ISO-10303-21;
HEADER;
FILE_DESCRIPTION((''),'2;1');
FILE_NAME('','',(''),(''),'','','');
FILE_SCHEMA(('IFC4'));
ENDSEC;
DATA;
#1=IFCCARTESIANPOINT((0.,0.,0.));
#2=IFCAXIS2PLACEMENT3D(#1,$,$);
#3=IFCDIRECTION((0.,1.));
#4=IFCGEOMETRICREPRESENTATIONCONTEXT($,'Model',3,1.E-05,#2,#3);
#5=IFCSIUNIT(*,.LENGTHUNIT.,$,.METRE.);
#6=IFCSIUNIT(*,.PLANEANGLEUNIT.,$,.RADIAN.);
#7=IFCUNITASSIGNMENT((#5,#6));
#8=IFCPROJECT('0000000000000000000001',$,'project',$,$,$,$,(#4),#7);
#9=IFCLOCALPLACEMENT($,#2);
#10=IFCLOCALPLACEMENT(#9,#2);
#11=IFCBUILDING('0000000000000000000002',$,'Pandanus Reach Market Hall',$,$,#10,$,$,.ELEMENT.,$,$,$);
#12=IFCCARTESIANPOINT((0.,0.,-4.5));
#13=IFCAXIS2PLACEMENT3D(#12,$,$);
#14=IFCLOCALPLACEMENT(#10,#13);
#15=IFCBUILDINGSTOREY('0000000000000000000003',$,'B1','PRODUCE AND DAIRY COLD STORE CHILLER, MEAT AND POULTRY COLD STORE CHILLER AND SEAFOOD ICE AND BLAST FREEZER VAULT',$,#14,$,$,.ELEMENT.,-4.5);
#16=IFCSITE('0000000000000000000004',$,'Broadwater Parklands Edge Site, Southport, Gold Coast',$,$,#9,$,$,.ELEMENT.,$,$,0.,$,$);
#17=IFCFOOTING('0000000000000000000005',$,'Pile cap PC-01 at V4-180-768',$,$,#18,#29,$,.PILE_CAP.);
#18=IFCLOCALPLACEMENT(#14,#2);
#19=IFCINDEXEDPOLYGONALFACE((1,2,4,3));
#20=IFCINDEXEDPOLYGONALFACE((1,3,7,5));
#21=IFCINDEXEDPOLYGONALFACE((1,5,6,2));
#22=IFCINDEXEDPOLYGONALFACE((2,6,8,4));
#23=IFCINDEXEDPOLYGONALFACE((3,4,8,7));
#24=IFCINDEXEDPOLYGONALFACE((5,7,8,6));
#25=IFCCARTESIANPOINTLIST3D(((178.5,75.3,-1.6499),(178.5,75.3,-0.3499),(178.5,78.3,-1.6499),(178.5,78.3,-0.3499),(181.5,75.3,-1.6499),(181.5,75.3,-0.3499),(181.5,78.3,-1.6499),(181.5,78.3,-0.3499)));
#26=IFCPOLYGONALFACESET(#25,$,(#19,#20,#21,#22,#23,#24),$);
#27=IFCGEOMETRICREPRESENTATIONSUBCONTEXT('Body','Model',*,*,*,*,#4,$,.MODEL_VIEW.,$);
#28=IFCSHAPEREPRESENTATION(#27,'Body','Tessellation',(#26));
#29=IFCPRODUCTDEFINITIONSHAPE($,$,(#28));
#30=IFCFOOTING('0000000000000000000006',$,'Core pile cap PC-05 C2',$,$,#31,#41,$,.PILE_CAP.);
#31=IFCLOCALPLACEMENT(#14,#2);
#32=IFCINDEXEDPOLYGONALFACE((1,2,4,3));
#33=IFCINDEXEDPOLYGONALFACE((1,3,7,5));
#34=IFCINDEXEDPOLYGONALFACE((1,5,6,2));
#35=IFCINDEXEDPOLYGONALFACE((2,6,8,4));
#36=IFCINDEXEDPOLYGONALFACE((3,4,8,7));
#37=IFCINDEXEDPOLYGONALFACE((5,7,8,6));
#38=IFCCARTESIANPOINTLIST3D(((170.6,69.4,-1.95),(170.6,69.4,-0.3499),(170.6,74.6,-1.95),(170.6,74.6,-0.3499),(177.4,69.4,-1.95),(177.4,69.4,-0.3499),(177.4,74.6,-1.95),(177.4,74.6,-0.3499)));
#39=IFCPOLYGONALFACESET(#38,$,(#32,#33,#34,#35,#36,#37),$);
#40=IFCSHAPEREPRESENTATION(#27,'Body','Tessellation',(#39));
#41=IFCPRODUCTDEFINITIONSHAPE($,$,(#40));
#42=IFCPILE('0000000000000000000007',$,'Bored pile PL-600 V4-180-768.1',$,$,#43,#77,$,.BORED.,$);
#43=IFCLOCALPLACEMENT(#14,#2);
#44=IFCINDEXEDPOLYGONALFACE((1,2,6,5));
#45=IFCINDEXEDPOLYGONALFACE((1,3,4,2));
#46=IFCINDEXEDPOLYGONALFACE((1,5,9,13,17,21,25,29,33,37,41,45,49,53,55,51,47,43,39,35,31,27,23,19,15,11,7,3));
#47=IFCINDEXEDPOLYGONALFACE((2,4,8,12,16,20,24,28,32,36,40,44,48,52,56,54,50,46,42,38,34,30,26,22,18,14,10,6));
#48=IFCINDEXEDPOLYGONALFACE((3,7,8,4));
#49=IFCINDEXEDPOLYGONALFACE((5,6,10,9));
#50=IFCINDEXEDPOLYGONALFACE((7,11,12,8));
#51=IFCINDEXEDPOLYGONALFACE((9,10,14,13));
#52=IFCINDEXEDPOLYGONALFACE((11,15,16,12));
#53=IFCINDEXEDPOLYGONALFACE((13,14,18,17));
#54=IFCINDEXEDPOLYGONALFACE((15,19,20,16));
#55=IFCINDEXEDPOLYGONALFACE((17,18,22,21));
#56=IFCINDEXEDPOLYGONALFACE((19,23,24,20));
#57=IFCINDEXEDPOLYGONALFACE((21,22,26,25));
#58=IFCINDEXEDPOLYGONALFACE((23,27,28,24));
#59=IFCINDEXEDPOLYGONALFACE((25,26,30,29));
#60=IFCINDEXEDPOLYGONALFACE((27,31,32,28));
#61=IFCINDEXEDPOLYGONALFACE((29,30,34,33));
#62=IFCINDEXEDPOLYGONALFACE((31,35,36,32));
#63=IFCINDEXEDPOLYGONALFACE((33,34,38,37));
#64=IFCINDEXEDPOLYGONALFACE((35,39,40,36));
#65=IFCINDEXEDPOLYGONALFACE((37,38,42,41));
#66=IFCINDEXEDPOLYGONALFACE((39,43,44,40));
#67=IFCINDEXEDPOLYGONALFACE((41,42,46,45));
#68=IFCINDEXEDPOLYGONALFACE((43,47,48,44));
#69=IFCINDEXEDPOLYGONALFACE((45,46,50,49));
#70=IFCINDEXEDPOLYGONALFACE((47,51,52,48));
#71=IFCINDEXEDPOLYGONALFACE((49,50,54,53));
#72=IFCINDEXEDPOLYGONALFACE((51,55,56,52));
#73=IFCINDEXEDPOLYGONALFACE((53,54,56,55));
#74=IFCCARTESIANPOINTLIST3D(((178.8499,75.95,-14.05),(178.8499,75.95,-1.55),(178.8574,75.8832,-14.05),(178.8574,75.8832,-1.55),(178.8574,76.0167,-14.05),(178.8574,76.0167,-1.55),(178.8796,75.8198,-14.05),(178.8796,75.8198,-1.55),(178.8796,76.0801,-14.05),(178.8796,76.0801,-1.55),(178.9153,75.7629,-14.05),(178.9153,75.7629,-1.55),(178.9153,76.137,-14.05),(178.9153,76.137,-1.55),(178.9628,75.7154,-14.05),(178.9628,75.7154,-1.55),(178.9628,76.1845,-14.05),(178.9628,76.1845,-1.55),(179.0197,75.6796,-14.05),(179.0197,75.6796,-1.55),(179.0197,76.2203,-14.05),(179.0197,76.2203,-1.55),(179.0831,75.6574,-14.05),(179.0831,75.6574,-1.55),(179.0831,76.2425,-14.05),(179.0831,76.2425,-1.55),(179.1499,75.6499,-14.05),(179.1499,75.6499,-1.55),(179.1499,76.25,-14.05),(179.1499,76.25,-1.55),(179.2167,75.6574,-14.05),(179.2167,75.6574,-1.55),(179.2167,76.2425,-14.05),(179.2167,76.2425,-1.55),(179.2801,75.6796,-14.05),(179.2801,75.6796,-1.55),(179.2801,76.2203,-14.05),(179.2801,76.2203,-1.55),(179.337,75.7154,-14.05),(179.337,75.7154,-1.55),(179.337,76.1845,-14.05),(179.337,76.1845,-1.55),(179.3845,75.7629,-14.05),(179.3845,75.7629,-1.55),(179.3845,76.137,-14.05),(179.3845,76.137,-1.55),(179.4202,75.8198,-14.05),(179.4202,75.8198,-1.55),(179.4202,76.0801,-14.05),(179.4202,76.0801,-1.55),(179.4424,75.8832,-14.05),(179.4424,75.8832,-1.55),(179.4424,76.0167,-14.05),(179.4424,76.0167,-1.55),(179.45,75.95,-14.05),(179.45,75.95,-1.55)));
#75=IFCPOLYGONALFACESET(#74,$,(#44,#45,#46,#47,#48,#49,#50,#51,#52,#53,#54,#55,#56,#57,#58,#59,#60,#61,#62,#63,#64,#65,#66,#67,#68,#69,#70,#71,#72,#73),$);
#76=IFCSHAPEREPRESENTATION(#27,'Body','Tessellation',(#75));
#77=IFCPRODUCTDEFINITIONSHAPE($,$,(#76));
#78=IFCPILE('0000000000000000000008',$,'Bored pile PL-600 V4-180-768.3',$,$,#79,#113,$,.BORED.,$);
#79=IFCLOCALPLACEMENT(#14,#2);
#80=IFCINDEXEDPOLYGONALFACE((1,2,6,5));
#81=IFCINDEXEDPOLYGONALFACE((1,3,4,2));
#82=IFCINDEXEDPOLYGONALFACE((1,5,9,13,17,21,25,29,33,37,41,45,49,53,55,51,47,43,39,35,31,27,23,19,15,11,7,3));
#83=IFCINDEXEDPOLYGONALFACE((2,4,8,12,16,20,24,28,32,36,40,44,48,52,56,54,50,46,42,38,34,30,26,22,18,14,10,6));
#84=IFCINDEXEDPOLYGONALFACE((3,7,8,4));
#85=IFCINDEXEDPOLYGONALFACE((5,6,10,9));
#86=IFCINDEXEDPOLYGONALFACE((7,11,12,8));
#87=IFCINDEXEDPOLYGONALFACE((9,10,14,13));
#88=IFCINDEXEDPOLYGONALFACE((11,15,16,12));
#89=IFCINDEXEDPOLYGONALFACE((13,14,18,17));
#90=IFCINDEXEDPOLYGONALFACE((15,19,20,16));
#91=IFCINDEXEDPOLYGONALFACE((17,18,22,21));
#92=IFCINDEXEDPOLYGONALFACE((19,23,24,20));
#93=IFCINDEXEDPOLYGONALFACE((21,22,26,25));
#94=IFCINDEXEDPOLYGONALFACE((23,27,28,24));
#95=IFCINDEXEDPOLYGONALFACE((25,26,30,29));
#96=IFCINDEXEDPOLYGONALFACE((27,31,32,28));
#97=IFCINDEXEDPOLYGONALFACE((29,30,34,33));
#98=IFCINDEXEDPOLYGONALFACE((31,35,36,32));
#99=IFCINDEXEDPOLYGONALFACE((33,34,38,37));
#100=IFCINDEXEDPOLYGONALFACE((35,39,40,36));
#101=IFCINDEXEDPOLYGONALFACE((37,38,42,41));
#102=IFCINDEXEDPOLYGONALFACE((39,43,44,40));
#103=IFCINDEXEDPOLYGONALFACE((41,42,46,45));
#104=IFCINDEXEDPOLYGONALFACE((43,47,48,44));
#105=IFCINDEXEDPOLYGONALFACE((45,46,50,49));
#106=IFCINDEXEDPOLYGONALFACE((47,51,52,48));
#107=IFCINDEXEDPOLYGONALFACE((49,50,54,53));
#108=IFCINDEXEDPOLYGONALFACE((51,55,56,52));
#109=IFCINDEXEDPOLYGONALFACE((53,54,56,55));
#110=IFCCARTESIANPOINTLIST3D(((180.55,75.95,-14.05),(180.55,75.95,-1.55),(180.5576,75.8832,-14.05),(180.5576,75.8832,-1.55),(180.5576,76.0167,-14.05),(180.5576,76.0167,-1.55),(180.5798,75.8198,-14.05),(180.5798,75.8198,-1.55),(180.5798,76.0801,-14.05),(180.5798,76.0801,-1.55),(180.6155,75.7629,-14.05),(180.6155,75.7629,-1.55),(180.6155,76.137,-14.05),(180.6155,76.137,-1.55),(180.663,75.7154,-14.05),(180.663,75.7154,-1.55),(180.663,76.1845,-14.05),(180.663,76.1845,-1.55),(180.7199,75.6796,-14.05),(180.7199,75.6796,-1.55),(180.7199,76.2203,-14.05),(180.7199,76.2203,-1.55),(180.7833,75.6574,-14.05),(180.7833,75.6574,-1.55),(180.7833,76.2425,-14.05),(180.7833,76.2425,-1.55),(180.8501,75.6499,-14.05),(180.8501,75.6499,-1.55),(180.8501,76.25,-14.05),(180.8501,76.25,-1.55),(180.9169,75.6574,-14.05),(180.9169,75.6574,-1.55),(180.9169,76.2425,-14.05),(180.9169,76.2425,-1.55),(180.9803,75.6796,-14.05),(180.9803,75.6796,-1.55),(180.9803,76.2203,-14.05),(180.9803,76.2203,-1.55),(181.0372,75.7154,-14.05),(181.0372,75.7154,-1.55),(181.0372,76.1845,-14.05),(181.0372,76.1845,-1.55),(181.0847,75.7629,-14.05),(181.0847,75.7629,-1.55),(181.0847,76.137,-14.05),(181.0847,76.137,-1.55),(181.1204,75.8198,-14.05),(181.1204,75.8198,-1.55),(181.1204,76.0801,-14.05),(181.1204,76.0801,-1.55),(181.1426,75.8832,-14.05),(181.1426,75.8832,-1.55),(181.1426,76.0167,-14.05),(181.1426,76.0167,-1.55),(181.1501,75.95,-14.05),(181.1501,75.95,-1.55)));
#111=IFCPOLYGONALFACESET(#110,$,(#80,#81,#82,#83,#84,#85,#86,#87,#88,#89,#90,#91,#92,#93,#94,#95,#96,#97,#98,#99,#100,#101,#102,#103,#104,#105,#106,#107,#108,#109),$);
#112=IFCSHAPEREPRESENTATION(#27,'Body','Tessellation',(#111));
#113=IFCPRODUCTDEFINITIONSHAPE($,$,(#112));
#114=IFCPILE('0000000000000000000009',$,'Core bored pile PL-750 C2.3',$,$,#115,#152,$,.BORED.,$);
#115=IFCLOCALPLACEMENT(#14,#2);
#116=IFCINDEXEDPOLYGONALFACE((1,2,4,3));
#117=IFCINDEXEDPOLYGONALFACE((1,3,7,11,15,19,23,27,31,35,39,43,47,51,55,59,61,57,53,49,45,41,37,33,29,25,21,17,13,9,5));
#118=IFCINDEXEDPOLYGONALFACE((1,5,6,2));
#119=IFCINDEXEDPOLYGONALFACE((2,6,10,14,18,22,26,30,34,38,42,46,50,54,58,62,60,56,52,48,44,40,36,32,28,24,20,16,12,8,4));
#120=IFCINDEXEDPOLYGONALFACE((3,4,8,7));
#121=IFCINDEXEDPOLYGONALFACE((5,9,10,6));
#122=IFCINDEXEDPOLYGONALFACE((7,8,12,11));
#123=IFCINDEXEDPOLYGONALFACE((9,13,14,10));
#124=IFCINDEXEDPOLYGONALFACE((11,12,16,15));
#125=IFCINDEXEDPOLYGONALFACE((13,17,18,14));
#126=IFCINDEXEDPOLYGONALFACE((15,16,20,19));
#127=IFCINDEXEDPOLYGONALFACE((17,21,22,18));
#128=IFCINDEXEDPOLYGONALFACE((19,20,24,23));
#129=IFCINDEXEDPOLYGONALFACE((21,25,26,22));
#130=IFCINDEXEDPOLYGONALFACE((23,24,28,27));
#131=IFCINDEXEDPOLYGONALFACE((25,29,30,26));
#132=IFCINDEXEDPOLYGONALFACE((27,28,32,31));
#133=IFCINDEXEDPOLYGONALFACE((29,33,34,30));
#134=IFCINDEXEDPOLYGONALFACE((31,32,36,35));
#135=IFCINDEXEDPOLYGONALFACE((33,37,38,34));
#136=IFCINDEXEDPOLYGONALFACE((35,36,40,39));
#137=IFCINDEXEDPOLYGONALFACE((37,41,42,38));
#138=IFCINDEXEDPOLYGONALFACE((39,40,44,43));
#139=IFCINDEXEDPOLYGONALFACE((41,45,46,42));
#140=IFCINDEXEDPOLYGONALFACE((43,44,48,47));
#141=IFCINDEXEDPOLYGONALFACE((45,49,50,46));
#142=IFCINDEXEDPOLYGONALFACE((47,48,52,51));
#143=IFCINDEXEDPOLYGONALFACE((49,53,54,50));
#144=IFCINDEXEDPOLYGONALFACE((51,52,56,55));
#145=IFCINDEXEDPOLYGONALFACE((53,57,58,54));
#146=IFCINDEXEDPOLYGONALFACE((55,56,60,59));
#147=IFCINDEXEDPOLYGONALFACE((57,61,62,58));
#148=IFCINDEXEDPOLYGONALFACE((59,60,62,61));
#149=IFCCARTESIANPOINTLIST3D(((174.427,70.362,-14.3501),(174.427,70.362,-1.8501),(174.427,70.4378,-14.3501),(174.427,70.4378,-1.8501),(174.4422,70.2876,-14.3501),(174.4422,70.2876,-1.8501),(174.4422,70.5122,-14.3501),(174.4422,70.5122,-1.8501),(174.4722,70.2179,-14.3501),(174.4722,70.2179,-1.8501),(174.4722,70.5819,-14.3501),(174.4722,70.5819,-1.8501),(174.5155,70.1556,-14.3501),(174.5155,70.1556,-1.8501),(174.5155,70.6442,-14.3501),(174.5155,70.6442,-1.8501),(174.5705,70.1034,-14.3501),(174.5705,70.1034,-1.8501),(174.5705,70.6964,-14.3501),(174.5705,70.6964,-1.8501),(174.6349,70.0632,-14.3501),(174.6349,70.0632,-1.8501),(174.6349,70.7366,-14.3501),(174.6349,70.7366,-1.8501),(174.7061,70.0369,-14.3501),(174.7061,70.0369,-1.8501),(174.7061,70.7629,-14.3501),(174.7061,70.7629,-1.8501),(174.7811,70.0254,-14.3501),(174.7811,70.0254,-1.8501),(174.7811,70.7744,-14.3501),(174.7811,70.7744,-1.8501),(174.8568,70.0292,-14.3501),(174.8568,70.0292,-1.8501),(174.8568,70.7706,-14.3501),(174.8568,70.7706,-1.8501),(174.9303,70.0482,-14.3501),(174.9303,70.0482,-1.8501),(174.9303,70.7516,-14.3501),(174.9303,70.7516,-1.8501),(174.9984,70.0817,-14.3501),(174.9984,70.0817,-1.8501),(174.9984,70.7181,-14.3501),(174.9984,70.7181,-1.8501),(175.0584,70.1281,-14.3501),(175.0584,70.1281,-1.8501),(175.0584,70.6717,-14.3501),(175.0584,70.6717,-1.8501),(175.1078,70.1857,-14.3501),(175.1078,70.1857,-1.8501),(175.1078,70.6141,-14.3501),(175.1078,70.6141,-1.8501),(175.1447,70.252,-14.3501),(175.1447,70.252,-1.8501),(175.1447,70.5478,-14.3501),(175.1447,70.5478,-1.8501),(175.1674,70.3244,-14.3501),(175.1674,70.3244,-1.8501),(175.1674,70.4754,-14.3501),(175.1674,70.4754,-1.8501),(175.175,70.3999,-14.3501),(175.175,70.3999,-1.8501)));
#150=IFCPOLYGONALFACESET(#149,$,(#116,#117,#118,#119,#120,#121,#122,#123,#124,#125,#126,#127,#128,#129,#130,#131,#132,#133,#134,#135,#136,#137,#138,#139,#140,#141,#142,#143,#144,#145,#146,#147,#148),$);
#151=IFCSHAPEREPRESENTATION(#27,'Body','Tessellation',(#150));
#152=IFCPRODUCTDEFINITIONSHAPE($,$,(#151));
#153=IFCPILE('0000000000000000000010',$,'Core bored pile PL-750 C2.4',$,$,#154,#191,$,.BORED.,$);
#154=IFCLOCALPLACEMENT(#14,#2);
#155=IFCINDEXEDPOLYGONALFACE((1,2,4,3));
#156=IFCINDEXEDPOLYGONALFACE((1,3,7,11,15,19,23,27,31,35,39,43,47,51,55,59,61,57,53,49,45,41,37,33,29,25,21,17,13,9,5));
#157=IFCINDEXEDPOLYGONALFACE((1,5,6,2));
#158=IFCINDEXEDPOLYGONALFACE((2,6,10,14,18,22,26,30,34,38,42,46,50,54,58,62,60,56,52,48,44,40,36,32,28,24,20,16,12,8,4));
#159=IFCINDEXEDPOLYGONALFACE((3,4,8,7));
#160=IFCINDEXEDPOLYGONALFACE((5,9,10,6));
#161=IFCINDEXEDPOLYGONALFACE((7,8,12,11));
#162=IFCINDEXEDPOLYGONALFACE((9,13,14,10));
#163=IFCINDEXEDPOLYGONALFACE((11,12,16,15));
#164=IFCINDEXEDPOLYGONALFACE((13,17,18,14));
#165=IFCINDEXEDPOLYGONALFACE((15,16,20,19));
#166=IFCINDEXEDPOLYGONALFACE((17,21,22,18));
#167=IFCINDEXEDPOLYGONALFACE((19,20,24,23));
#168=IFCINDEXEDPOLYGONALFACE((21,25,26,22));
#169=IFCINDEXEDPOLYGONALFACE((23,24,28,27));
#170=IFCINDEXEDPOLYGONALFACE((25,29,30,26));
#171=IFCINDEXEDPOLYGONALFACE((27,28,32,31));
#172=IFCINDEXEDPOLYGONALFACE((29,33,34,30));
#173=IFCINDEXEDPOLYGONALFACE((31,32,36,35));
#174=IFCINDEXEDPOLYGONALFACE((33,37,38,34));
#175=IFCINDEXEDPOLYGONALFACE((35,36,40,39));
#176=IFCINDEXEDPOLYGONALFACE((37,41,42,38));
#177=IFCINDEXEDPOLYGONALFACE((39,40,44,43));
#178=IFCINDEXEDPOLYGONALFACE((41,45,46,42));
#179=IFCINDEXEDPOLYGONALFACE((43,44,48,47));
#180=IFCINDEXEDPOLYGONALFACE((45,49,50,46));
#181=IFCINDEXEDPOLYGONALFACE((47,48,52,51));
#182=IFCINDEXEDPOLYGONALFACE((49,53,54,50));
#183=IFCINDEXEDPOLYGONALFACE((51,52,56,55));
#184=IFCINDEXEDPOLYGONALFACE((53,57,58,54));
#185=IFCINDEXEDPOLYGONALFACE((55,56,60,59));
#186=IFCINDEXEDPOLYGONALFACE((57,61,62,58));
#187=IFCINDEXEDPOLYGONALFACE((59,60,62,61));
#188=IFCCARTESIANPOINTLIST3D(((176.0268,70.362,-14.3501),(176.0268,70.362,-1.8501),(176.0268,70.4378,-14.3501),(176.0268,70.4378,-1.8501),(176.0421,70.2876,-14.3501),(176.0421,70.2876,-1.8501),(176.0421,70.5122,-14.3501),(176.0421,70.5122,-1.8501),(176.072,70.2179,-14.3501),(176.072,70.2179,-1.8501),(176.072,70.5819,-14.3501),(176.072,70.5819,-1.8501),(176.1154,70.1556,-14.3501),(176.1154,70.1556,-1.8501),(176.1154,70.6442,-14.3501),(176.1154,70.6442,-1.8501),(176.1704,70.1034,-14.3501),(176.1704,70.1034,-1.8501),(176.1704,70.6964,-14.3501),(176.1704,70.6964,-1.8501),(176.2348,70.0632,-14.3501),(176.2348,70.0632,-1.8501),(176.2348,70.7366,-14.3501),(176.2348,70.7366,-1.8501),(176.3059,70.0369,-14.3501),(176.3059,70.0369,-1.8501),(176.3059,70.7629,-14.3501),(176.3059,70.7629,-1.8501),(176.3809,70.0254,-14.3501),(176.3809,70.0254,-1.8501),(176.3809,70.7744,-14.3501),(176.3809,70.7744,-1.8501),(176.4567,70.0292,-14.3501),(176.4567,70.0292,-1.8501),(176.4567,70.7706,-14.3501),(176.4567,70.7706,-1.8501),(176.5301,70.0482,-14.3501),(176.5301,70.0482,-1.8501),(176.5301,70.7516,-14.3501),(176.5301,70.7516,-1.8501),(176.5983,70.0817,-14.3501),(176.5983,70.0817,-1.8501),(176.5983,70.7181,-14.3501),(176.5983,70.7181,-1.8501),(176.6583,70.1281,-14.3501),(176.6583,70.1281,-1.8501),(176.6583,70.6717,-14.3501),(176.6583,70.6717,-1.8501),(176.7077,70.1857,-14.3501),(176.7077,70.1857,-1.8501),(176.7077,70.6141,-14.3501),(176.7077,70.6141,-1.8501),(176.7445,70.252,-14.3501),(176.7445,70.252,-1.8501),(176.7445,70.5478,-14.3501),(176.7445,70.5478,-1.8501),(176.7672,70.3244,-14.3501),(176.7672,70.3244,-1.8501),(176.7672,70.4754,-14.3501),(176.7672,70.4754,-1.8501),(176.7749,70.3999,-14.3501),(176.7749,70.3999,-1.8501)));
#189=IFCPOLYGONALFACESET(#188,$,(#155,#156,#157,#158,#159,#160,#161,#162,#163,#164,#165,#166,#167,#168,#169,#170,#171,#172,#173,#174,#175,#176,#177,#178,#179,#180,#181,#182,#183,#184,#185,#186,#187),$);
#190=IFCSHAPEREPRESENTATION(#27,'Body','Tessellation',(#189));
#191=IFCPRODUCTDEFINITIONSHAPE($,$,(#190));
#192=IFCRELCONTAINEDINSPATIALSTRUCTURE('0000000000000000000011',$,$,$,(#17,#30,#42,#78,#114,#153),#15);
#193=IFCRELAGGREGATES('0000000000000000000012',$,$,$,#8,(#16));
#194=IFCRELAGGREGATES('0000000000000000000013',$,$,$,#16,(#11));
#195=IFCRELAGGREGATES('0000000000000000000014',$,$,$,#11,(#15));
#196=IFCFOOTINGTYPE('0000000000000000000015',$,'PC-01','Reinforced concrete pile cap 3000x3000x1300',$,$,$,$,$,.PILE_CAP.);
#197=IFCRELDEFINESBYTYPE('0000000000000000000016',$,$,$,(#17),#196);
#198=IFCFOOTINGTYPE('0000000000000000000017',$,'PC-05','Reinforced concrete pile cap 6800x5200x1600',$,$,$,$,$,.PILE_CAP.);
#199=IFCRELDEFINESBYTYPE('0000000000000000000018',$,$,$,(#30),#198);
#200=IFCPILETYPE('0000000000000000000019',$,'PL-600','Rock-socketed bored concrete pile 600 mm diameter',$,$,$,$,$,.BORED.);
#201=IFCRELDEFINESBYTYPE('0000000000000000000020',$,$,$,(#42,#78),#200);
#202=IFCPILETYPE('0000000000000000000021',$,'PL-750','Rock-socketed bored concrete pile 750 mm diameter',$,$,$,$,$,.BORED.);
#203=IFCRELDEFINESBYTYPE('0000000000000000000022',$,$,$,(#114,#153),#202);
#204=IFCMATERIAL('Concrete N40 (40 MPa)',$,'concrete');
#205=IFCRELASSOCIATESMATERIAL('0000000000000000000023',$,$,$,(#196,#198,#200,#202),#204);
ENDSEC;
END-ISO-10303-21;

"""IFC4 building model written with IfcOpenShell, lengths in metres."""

from ifc_helpers import new_model, si_unit, direction, frame, origin, origin_2d, place, context, subcontext, project, spatial, rectangle, circle, extrude, material, material_profile, profile_set, type_object, element, save


model = new_model("IFC4")

# Units and contexts
model_context = context("Model", 3, precision=1e-05, world=origin(), true_north=direction((0.0, 1.0)))
body_context = subcontext(model_context, "Body", "Model", "MODEL_VIEW")
ifc_project = project(units=[si_unit("LENGTHUNIT", "METRE"), si_unit("PLANEANGLEUNIT", "RADIAN")], contexts=[model_context])

# Site, building, storey
site_placement = place(None, origin())
site = spatial("IfcSite", under=ifc_project, at=site_placement, Name="Broadwater Parklands Edge Site, Southport, Gold Coast", CompositionType="ELEMENT", RefElevation=0.0)
building_placement = place(site_placement, origin())
building = spatial("IfcBuilding", under=site, at=building_placement, Name="Pandanus Reach Market Hall", CompositionType="ELEMENT")
storey_placement = place(building_placement, frame((0.0, 0.0, -4.5)))
storey = spatial("IfcBuildingStorey", under=building, at=storey_placement, Name="B1", Description="PRODUCE AND DAIRY COLD STORE CHILLER, MEAT AND POULTRY COLD STORE CHILLER AND SEAFOOD ICE AND BLAST FREEZER VAULT", CompositionType="ELEMENT", Elevation=-4.5)

# Footings
ifc_material_1 = material(Name="Concrete N40 (40 MPa)", Category="concrete")
footing_type_1 = type_object("IfcFootingType", Name="PC-01", Description="Reinforced concrete pile cap 3000x3000x1300", PredefinedType="PILE_CAP", material=ifc_material_1)
footing_1_placement = place(storey_placement, frame((180.0, 76.8, -1.6499), z_axis=(0.0, 0.0, 1.0), x_axis=(1.0, 0.0, 0.0)))
element("IfcFooting", 1, at=footing_1_placement, inside=storey, type_object=footing_type_1, Name="Pile cap PC-01 at V4-180-768", PredefinedType="PILE_CAP", context=body_context, shape_type="SweptSolid", body=[
    extrude(rectangle(XDim=3.0, YDim=3.0, at=origin_2d()), origin(), (0.0, 0.0, 1.0), 1.3),
])
footing_type_2 = type_object("IfcFootingType", Name="PC-05", Description="Reinforced concrete pile cap 6800x5200x1600", PredefinedType="PILE_CAP", material=ifc_material_1)
footing_2_placement = place(storey_placement, frame((174.0, 72.0, -1.95), z_axis=(0.0, 0.0, 1.0), x_axis=(1.0, 0.0, 0.0)))
element("IfcFooting", 2, at=footing_2_placement, inside=storey, type_object=footing_type_2, Name="Core pile cap PC-05 C2", PredefinedType="PILE_CAP", context=body_context, shape_type="SweptSolid", body=[
    extrude(rectangle(XDim=6.8, YDim=5.2, at=origin_2d()), origin(), (0.0, 0.0, 1.0), 1.6001),
])

# Piles
ifc_material_profile_1 = material_profile(ifc_material_1, circle(Radius=0.3, at=origin_2d()), Name="PILE-600D", Category="LoadBearing")
ifc_profile_set_1 = profile_set([ifc_material_profile_1], Name="Concrete N40 (40 MPa)")
pile_type_1 = type_object("IfcPileType", Name="PL-600", Description="Rock-socketed bored concrete pile 600 mm diameter", PredefinedType="BORED", material=ifc_profile_set_1)
for number, where, z_axis, x_axis, name in (
    (3, (179.1499, 75.95, -1.55), (0.0, 0.0, -1.0), (1.0, 0.0, 0.0), "Bored pile PL-600 V4-180-768.1"),
    (4, (180.8501, 75.95, -1.55), (0.0, 0.0, -1.0), (1.0, 0.0, 0.0), "Bored pile PL-600 V4-180-768.3"),
):
    element("IfcPile", number, at=place(storey_placement, frame(where, z_axis=z_axis, x_axis=x_axis)), inside=storey, type_object=pile_type_1, Name=name, PredefinedType="BORED", context=body_context, shape_type="SweptSolid", body=[
        extrude(circle(Radius=0.3, at=origin_2d()), origin(), (0.0, 0.0, 1.0), 12.5),
    ])
ifc_material_profile_2 = material_profile(ifc_material_1, circle(Radius=0.375, at=origin_2d()), Name="PILE-750D", Category="LoadBearing")
ifc_profile_set_2 = profile_set([ifc_material_profile_2], Name="Concrete N40 (40 MPa)")
pile_type_2 = type_object("IfcPileType", Name="PL-750", Description="Rock-socketed bored concrete pile 750 mm diameter", PredefinedType="BORED", material=ifc_profile_set_2)
for number, where, z_axis, x_axis, name in (
    (5, (174.8, 70.3999, -1.8501), (0.0, 0.0, -1.0), (1.0, 0.0, 0.0), "Core bored pile PL-750 C2.3"),
    (6, (176.3999, 70.3999, -1.8501), (0.0, 0.0, -1.0), (1.0, 0.0, 0.0), "Core bored pile PL-750 C2.4"),
):
    element("IfcPile", number, at=place(storey_placement, frame(where, z_axis=z_axis, x_axis=x_axis)), inside=storey, type_object=pile_type_2, Name=name, PredefinedType="BORED", context=body_context, shape_type="SweptSolid", body=[
        extrude(circle(Radius=0.375, at=origin_2d()), origin(), (0.0, 0.0, 1.0), 12.5),
    ])

save(model, "model.ifc")
